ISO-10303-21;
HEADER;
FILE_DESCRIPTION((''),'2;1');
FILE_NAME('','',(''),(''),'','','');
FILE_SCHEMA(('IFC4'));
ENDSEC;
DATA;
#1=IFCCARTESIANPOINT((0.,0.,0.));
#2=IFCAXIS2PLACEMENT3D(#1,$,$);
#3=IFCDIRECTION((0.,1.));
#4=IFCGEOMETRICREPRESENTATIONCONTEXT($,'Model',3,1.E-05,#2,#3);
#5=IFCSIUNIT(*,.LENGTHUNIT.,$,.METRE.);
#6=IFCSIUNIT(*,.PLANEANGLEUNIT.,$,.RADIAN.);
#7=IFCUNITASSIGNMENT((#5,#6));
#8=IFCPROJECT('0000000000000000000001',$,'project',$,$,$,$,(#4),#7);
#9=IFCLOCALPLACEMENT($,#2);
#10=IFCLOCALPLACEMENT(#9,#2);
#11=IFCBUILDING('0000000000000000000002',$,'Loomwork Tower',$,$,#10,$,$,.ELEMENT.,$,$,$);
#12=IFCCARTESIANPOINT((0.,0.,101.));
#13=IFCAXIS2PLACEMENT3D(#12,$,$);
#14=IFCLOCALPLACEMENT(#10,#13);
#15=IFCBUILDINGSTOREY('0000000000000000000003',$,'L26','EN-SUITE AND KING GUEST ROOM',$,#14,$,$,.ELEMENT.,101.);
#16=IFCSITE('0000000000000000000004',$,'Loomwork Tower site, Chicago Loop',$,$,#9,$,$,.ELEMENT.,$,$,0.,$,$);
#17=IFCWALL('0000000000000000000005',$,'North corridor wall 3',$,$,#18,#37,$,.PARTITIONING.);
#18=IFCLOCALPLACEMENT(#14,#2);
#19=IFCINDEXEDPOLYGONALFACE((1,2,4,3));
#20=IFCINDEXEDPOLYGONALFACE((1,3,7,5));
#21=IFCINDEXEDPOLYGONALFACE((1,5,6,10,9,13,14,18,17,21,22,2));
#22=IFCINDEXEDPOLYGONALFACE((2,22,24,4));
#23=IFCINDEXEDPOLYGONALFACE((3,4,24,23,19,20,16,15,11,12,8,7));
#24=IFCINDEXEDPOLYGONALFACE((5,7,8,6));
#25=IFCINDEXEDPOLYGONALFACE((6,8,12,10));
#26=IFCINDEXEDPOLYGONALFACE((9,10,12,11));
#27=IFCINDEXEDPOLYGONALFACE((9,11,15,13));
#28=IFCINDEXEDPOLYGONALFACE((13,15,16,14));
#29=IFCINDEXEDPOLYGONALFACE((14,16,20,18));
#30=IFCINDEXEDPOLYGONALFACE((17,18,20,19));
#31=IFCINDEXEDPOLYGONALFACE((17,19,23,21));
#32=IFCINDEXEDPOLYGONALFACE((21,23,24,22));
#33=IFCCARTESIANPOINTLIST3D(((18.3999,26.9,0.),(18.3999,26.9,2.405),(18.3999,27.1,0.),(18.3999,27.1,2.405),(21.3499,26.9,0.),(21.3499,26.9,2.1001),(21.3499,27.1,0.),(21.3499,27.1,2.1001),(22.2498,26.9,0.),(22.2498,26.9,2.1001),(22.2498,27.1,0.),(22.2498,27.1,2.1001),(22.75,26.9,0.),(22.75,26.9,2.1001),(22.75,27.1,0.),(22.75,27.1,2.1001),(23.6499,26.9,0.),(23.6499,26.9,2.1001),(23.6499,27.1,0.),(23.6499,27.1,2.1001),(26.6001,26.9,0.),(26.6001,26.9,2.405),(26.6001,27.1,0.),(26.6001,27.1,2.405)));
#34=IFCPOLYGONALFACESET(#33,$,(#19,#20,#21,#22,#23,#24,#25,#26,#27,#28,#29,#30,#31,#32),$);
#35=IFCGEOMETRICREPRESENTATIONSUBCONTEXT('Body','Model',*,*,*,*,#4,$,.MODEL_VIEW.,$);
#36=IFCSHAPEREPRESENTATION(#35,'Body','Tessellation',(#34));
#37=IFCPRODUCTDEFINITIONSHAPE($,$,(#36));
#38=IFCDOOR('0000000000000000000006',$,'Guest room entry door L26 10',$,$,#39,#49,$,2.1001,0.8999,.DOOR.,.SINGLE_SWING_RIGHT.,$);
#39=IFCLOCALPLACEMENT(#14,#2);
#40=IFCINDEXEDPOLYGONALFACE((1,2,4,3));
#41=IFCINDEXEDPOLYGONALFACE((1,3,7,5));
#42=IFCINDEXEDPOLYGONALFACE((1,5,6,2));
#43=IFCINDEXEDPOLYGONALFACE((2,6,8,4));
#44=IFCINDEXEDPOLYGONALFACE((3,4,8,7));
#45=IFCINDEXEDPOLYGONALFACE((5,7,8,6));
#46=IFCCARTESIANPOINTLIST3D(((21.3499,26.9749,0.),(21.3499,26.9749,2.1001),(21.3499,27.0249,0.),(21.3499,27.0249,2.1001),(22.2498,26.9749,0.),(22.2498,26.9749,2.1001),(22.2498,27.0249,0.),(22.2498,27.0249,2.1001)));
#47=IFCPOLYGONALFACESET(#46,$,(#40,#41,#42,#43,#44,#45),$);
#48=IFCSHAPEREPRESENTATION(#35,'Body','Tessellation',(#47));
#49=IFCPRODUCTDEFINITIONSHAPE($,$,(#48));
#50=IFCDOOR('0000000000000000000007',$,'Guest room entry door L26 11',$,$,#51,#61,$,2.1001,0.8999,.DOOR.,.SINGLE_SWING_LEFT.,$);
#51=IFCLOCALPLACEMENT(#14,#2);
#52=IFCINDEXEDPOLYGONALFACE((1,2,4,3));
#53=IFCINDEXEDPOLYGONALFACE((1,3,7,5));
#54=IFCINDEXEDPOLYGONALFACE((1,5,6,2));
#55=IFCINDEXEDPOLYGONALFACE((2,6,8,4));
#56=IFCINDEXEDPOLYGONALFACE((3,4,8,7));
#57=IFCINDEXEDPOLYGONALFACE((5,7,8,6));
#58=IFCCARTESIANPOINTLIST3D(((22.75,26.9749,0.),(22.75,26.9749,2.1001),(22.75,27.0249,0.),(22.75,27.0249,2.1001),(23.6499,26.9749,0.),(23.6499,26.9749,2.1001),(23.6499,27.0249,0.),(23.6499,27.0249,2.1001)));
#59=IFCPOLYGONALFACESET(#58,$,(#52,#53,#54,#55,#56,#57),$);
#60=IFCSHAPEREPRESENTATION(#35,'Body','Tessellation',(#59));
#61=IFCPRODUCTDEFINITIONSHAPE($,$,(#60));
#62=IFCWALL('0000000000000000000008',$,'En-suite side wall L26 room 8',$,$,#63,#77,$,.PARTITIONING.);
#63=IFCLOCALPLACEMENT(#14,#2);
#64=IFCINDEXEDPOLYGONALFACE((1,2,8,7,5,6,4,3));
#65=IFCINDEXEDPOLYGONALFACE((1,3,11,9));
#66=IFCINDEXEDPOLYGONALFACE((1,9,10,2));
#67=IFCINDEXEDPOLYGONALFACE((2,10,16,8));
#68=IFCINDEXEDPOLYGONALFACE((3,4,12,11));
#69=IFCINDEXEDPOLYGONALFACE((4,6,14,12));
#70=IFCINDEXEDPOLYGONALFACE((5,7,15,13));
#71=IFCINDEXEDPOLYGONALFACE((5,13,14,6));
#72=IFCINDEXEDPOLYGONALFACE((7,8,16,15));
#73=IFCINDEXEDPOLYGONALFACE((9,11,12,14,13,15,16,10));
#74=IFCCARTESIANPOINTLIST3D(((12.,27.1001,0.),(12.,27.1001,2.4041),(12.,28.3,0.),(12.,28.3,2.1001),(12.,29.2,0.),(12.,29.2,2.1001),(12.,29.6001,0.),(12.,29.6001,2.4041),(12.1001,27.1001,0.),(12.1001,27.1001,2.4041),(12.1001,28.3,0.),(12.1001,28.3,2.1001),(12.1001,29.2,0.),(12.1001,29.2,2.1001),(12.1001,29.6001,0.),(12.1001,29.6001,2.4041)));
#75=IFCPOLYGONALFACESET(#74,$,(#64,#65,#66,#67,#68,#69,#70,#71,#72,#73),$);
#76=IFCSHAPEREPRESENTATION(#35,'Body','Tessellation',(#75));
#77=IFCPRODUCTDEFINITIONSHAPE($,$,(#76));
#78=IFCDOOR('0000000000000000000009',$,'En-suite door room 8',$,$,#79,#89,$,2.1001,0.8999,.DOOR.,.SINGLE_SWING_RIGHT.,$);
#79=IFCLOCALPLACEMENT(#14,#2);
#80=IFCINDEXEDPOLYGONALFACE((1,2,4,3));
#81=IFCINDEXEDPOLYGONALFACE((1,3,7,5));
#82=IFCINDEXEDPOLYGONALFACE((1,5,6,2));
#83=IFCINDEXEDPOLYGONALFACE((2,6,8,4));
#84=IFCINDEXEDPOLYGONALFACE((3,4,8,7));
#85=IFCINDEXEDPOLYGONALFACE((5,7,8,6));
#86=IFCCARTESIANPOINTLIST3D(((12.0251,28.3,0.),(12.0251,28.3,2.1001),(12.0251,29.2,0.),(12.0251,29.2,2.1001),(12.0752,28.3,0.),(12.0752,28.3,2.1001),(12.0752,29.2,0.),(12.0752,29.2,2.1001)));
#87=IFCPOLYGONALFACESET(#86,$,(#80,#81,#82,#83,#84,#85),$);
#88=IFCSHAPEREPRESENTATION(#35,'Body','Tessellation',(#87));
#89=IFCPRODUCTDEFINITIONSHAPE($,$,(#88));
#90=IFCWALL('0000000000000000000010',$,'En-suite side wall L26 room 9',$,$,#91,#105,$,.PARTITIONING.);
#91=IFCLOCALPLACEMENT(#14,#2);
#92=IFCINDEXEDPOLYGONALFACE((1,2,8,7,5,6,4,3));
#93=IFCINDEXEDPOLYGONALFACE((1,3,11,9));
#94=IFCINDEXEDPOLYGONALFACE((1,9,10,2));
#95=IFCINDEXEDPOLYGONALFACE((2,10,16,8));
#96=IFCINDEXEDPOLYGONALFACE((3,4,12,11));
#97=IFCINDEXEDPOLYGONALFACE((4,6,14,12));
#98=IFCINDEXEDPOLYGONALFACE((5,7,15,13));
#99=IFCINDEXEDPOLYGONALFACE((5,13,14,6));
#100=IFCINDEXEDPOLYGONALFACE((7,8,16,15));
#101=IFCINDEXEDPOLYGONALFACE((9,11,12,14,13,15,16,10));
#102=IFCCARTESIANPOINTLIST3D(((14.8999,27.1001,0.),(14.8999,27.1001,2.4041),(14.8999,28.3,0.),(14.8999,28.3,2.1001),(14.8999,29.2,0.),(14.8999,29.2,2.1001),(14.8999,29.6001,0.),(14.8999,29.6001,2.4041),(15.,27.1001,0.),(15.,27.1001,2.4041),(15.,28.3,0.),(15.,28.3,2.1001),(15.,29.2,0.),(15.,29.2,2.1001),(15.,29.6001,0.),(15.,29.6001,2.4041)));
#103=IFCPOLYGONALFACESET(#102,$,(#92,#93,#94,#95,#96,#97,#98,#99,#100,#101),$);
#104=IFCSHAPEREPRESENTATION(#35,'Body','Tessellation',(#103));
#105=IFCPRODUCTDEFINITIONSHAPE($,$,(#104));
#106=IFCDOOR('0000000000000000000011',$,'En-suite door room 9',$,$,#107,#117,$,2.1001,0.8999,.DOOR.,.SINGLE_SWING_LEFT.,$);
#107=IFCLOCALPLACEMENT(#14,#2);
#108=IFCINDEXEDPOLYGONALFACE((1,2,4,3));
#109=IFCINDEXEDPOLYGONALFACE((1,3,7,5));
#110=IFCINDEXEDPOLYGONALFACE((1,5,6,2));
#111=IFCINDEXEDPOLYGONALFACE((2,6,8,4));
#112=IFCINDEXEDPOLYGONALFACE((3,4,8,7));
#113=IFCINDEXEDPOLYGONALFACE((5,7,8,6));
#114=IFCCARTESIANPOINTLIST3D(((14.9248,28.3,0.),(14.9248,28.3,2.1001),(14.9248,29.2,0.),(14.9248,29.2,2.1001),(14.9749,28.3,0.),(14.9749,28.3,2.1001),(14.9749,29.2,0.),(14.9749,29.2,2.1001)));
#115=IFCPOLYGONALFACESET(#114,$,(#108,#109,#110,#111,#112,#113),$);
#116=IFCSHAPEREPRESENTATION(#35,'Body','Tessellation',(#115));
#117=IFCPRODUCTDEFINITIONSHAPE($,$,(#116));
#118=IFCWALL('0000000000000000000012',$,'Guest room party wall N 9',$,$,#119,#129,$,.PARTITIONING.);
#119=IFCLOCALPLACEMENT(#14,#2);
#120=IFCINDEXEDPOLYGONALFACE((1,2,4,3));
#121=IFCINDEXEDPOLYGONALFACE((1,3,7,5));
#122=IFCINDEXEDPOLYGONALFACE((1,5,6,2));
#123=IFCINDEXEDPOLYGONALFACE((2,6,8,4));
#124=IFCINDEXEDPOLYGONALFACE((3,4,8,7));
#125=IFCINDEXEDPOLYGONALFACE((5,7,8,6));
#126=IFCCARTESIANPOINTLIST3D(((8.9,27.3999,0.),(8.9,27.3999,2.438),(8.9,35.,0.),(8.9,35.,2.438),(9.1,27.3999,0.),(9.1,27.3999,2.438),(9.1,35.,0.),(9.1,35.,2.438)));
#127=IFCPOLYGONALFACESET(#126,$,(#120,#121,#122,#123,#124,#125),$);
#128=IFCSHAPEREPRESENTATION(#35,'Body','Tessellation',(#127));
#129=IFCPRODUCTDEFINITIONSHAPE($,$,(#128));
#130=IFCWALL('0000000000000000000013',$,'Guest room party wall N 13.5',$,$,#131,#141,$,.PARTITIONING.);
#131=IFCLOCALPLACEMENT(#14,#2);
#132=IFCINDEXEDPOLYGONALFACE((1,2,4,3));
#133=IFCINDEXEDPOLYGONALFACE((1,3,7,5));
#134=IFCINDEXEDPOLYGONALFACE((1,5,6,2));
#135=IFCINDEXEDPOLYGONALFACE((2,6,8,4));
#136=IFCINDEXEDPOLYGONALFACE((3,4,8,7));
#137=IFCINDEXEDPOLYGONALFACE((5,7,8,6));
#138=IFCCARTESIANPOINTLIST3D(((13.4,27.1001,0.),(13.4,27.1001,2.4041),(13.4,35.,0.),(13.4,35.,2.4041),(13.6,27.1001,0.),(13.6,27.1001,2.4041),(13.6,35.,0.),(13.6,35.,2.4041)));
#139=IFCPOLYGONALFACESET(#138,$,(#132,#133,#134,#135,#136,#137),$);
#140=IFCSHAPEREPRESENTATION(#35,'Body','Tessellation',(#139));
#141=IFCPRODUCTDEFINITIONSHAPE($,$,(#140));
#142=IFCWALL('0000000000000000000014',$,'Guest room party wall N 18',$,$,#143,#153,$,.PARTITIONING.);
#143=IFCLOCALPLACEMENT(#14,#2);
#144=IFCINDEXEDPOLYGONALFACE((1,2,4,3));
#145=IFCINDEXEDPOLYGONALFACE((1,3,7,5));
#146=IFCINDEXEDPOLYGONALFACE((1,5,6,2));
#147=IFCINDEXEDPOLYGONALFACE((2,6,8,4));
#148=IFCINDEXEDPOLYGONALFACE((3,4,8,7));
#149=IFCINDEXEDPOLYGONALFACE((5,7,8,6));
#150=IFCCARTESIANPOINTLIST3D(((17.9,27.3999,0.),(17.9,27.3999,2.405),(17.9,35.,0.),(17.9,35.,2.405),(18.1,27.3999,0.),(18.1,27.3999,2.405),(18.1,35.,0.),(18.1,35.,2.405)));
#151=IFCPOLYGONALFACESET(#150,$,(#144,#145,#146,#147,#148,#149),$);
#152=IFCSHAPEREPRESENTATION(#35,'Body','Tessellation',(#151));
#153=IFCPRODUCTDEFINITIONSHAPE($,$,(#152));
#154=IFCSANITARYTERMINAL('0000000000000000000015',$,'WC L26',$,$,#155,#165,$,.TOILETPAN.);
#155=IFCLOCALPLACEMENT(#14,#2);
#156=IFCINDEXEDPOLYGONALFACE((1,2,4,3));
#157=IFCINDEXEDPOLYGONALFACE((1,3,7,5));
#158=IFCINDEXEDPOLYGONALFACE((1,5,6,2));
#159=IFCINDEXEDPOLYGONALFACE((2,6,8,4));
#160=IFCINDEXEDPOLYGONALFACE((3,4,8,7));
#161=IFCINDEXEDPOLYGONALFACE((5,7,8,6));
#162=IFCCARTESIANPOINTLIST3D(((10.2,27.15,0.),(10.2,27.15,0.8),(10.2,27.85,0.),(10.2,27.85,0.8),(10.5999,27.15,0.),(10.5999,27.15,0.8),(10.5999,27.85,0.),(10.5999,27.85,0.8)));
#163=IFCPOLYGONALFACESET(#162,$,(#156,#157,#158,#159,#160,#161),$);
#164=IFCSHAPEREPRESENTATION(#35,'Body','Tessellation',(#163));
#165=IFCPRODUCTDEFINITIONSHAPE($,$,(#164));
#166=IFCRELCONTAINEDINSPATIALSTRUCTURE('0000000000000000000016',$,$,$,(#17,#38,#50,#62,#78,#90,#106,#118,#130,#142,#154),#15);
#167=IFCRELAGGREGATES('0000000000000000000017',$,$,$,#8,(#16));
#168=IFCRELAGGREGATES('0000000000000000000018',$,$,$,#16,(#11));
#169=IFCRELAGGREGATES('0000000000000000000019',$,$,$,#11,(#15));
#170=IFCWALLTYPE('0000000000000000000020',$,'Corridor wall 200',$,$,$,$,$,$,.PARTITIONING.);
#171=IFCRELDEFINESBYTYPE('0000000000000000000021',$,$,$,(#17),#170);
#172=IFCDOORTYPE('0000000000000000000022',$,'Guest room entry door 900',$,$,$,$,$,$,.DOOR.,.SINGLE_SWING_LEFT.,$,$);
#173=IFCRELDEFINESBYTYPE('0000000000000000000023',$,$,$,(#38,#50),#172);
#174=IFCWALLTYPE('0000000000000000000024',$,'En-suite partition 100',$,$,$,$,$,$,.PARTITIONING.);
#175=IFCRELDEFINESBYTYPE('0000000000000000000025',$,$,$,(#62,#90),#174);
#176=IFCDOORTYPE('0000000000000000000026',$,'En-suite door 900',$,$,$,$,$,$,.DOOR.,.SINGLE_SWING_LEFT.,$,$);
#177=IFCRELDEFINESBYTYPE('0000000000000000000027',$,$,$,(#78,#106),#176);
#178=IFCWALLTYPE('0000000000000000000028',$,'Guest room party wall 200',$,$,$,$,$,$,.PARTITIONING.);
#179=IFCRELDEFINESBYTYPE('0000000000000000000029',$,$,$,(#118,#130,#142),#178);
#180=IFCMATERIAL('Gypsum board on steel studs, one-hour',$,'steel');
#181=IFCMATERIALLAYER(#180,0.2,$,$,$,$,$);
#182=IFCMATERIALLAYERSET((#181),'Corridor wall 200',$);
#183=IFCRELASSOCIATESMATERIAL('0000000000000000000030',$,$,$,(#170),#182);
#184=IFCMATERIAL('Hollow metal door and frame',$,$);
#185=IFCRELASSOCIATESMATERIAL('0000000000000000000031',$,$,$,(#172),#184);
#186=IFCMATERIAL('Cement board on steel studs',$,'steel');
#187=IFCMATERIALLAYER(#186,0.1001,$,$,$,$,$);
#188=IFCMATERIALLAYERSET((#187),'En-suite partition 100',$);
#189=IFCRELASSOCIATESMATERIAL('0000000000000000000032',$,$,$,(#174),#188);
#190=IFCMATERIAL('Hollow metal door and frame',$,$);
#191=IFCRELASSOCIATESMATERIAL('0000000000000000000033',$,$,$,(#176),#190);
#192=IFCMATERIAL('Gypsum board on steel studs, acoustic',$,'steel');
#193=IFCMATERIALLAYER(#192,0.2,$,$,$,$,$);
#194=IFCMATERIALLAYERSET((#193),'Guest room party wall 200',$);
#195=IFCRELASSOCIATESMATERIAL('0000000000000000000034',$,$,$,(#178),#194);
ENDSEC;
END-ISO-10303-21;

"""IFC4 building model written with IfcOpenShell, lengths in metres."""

from ifc_helpers import new_model, si_unit, direction, frame, frame_2d, origin, origin_2d, place, context, subcontext, project, spatial, rectangle, extrude, material, layer, layer_set, type_object, element, fill, save


model = new_model("IFC4")

# Units and contexts
model_context = context("Model", 3, precision=1e-05, world=origin(), true_north=direction((0.0, 1.0)))
body_context = subcontext(model_context, "Body", "Model", "MODEL_VIEW")
ifc_project = project(units=[si_unit("LENGTHUNIT", "METRE"), si_unit("PLANEANGLEUNIT", "RADIAN")], contexts=[model_context])

# Site, building, storey
site_placement = place(None, origin())
site = spatial("IfcSite", under=ifc_project, at=site_placement, Name="Loomwork Tower site, Chicago Loop", CompositionType="ELEMENT", RefElevation=0.0)
building_placement = place(site_placement, origin())
building = spatial("IfcBuilding", under=site, at=building_placement, Name="Loomwork Tower", CompositionType="ELEMENT")
storey_placement = place(building_placement, frame((0.0, 0.0, 101.0)))
storey = spatial("IfcBuildingStorey", under=building, at=storey_placement, Name="L26", Description="EN-SUITE AND KING GUEST ROOM", CompositionType="ELEMENT", Elevation=101.0)

# Wall, openings, doors
ifc_material_1 = material(Name="Gypsum board on steel studs, one-hour", Category="steel")
ifc_layer_1 = layer(ifc_material_1, 0.2)
ifc_layer_set_1 = layer_set([ifc_layer_1], Name="Corridor wall 200")
wall_type_1 = type_object("IfcWallType", Name="Corridor wall 200", PredefinedType="PARTITIONING", material=ifc_layer_set_1)
ifc_material_2 = material(Name="Hollow metal door and frame")
door_type_1 = type_object("IfcDoorType", Name="Guest room entry door 900", OperationType="SINGLE_SWING_LEFT", PredefinedType="DOOR", material=ifc_material_2)
wall_1_placement = place(storey_placement, frame((18.3999, 27.0, 0.0), z_axis=(0.0, 0.0, 1.0), x_axis=(1.0, 0.0, 0.0)))
wall_1 = element("IfcWall", 1, at=wall_1_placement, inside=storey, type_object=wall_type_1, Name="North corridor wall 3", PredefinedType="PARTITIONING", context=body_context, shape_type="SweptSolid", body=[
    extrude(rectangle(XDim=8.2002, YDim=0.2, at=frame_2d((4.1001, 0.0))), origin(), (0.0, 0.0, 1.0), 2.405),
])
opening_1_placement = place(wall_1_placement, frame((2.95, 0.0, 0.0)))
opening_1 = element("IfcOpeningElement", 2, at=opening_1_placement, cuts=wall_1, PredefinedType="OPENING", context=body_context, shape_type="SweptSolid", body=[
    extrude(rectangle(XDim=0.8999, YDim=2.1001, at=frame_2d((0.45, 1.05))), frame((0.0, 0.1099, 0.0), z_axis=(0.0, -1.0, 0.0), x_axis=(1.0, 0.0, 0.0)), (0.0, 0.0, 1.0), 0.22),
])
opening_2_placement = place(wall_1_placement, frame((4.3501, 0.0, 0.0)))
opening_2 = element("IfcOpeningElement", 3, at=opening_2_placement, cuts=wall_1, PredefinedType="OPENING", context=body_context, shape_type="SweptSolid", body=[
    extrude(rectangle(XDim=0.8999, YDim=2.1001, at=frame_2d((0.45, 1.05))), frame((0.0, 0.1099, 0.0), z_axis=(0.0, -1.0, 0.0), x_axis=(1.0, 0.0, 0.0)), (0.0, 0.0, 1.0), 0.22),
])
door_1_placement = place(opening_1_placement, origin())
door_1 = element("IfcDoor", 4, at=door_1_placement, inside=storey, type_object=door_type_1, Name="Guest room entry door L26 10", OperationType="SINGLE_SWING_RIGHT", OverallHeight=2.1001, OverallWidth=0.8999, PredefinedType="DOOR", context=body_context, shape_type="SweptSolid", body=[
    extrude(rectangle(XDim=0.8999, YDim=2.1001, at=frame_2d((0.45, 1.05))), frame((0.0, 0.0249, 0.0), z_axis=(0.0, -1.0, 0.0), x_axis=(1.0, 0.0, 0.0)), (0.0, 0.0, 1.0), 0.05),
])
fill(opening_1, door_1)
door_2_placement = place(opening_2_placement, origin())
door_2 = element("IfcDoor", 5, at=door_2_placement, inside=storey, type_object=door_type_1, Name="Guest room entry door L26 11", OperationType="SINGLE_SWING_LEFT", OverallHeight=2.1001, OverallWidth=0.8999, PredefinedType="DOOR", context=body_context, shape_type="SweptSolid", body=[
    extrude(rectangle(XDim=0.8999, YDim=2.1001, at=frame_2d((0.45, 1.05))), frame((0.0, 0.0249, 0.0), z_axis=(0.0, -1.0, 0.0), x_axis=(1.0, 0.0, 0.0)), (0.0, 0.0, 1.0), 0.05),
])
fill(opening_2, door_2)

# Walls, openings, doors
ifc_material_3 = material(Name="Cement board on steel studs", Category="steel")
ifc_layer_2 = layer(ifc_material_3, 0.1001)
ifc_layer_set_2 = layer_set([ifc_layer_2], Name="En-suite partition 100")
wall_type_2 = type_object("IfcWallType", Name="En-suite partition 100", PredefinedType="PARTITIONING", material=ifc_layer_set_2)
wall_2_placement = place(storey_placement, frame((12.05, 27.1001, 0.0), z_axis=(0.0, 0.0, 1.0), x_axis=(0.0, 1.0, 0.0)))
wall_2 = element("IfcWall", 6, at=wall_2_placement, inside=storey, type_object=wall_type_2, Name="En-suite side wall L26 room 8", PredefinedType="PARTITIONING", context=body_context, shape_type="SweptSolid", body=[
    extrude(rectangle(XDim=2.5, YDim=0.1001, at=frame_2d((1.25, 0.0))), origin(), (0.0, 0.0, 1.0), 2.4041),
])
opening_3_placement = place(wall_2_placement, frame((1.2, 0.0, 0.0)))
opening_3 = element("IfcOpeningElement", 7, at=opening_3_placement, cuts=wall_2, PredefinedType="OPENING", context=body_context, shape_type="SweptSolid", body=[
    extrude(rectangle(XDim=0.8999, YDim=2.1001, at=frame_2d((0.45, 1.05))), frame((0.0, 0.0601, 0.0), z_axis=(0.0, -1.0, 0.0), x_axis=(1.0, 0.0, 0.0)), (0.0, 0.0, 1.0), 0.1201),
])
ifc_material_4 = material(Name="Hollow metal door and frame")
door_type_2 = type_object("IfcDoorType", Name="En-suite door 900", OperationType="SINGLE_SWING_LEFT", PredefinedType="DOOR", material=ifc_material_4)
door_3_placement = place(opening_3_placement, origin())
door_3 = element("IfcDoor", 8, at=door_3_placement, inside=storey, type_object=door_type_2, Name="En-suite door room 8", OperationType="SINGLE_SWING_RIGHT", OverallHeight=2.1001, OverallWidth=0.8999, PredefinedType="DOOR", context=body_context, shape_type="SweptSolid", body=[
    extrude(rectangle(XDim=0.8999, YDim=2.1001, at=frame_2d((0.45, 1.05))), frame((0.0, 0.0249, 0.0), z_axis=(0.0, -1.0, 0.0), x_axis=(1.0, 0.0, 0.0)), (0.0, 0.0, 1.0), 0.05),
])
fill(opening_3, door_3)
wall_3_placement = place(storey_placement, frame((14.95, 27.1001, 0.0), z_axis=(0.0, 0.0, 1.0), x_axis=(0.0, 1.0, 0.0)))
wall_3 = element("IfcWall", 9, at=wall_3_placement, inside=storey, type_object=wall_type_2, Name="En-suite side wall L26 room 9", PredefinedType="PARTITIONING", context=body_context, shape_type="SweptSolid", body=[
    extrude(rectangle(XDim=2.5, YDim=0.1001, at=frame_2d((1.25, 0.0))), origin(), (0.0, 0.0, 1.0), 2.4041),
])
opening_4_placement = place(wall_3_placement, frame((1.2, 0.0, 0.0)))
opening_4 = element("IfcOpeningElement", 10, at=opening_4_placement, cuts=wall_3, PredefinedType="OPENING", context=body_context, shape_type="SweptSolid", body=[
    extrude(rectangle(XDim=0.8999, YDim=2.1001, at=frame_2d((0.45, 1.05))), frame((0.0, 0.0601, 0.0), z_axis=(0.0, -1.0, 0.0), x_axis=(1.0, 0.0, 0.0)), (0.0, 0.0, 1.0), 0.1201),
])
door_4_placement = place(opening_4_placement, frame((0.8999, 0.0, 0.0), z_axis=(0.0, 0.0, 1.0), x_axis=(-1.0, 0.0, 0.0)))
door_4 = element("IfcDoor", 11, at=door_4_placement, inside=storey, type_object=door_type_2, Name="En-suite door room 9", OperationType="SINGLE_SWING_LEFT", OverallHeight=2.1001, OverallWidth=0.8999, PredefinedType="DOOR", context=body_context, shape_type="SweptSolid", body=[
    extrude(rectangle(XDim=0.8999, YDim=2.1001, at=frame_2d((0.45, 1.05))), frame((0.0, 0.0249, 0.0), z_axis=(0.0, -1.0, 0.0), x_axis=(1.0, 0.0, 0.0)), (0.0, 0.0, 1.0), 0.05),
])
fill(opening_4, door_4)

# Walls
ifc_material_5 = material(Name="Gypsum board on steel studs, acoustic", Category="steel")
ifc_layer_3 = layer(ifc_material_5, 0.2)
ifc_layer_set_3 = layer_set([ifc_layer_3], Name="Guest room party wall 200")
wall_type_3 = type_object("IfcWallType", Name="Guest room party wall 200", PredefinedType="PARTITIONING", material=ifc_layer_set_3)
wall_4_placement = place(storey_placement, frame((9.0, 27.3999, 0.0), z_axis=(0.0, 0.0, 1.0), x_axis=(0.0, 1.0, 0.0)))
element("IfcWall", 12, at=wall_4_placement, inside=storey, type_object=wall_type_3, Name="Guest room party wall N 9", PredefinedType="PARTITIONING", context=body_context, shape_type="SweptSolid", body=[
    extrude(rectangle(XDim=7.6001, YDim=0.2, at=frame_2d((3.8, 0.0))), origin(), (0.0, 0.0, 1.0), 2.438),
])
wall_5_placement = place(storey_placement, frame((13.5, 27.1001, 0.0), z_axis=(0.0, 0.0, 1.0), x_axis=(0.0, 1.0, 0.0)))
element("IfcWall", 13, at=wall_5_placement, inside=storey, type_object=wall_type_3, Name="Guest room party wall N 13.5", PredefinedType="PARTITIONING", context=body_context, shape_type="SweptSolid", body=[
    extrude(rectangle(XDim=7.8999, YDim=0.2, at=frame_2d((3.95, 0.0))), origin(), (0.0, 0.0, 1.0), 2.4041),
])
wall_6_placement = place(storey_placement, frame((18.0, 27.3999, 0.0), z_axis=(0.0, 0.0, 1.0), x_axis=(0.0, 1.0, 0.0)))
element("IfcWall", 14, at=wall_6_placement, inside=storey, type_object=wall_type_3, Name="Guest room party wall N 18", PredefinedType="PARTITIONING", context=body_context, shape_type="SweptSolid", body=[
    extrude(rectangle(XDim=7.6001, YDim=0.2, at=frame_2d((3.8, 0.0))), origin(), (0.0, 0.0, 1.0), 2.405),
])

# Sanitary terminal
sanitary_terminal_1_placement = place(storey_placement, frame((10.3999, 27.5, 0.0), z_axis=(0.0, 0.0, 1.0), x_axis=(1.0, 0.0, 0.0)))
element("IfcSanitaryTerminal", 15, at=sanitary_terminal_1_placement, inside=storey, Name="WC L26", PredefinedType="TOILETPAN", context=body_context, shape_type="SweptSolid", body=[
    extrude(rectangle(XDim=0.3999, YDim=0.7, at=origin_2d()), origin(), (0.0, 0.0, 1.0), 0.8),
])

save(model, "model.ifc")
